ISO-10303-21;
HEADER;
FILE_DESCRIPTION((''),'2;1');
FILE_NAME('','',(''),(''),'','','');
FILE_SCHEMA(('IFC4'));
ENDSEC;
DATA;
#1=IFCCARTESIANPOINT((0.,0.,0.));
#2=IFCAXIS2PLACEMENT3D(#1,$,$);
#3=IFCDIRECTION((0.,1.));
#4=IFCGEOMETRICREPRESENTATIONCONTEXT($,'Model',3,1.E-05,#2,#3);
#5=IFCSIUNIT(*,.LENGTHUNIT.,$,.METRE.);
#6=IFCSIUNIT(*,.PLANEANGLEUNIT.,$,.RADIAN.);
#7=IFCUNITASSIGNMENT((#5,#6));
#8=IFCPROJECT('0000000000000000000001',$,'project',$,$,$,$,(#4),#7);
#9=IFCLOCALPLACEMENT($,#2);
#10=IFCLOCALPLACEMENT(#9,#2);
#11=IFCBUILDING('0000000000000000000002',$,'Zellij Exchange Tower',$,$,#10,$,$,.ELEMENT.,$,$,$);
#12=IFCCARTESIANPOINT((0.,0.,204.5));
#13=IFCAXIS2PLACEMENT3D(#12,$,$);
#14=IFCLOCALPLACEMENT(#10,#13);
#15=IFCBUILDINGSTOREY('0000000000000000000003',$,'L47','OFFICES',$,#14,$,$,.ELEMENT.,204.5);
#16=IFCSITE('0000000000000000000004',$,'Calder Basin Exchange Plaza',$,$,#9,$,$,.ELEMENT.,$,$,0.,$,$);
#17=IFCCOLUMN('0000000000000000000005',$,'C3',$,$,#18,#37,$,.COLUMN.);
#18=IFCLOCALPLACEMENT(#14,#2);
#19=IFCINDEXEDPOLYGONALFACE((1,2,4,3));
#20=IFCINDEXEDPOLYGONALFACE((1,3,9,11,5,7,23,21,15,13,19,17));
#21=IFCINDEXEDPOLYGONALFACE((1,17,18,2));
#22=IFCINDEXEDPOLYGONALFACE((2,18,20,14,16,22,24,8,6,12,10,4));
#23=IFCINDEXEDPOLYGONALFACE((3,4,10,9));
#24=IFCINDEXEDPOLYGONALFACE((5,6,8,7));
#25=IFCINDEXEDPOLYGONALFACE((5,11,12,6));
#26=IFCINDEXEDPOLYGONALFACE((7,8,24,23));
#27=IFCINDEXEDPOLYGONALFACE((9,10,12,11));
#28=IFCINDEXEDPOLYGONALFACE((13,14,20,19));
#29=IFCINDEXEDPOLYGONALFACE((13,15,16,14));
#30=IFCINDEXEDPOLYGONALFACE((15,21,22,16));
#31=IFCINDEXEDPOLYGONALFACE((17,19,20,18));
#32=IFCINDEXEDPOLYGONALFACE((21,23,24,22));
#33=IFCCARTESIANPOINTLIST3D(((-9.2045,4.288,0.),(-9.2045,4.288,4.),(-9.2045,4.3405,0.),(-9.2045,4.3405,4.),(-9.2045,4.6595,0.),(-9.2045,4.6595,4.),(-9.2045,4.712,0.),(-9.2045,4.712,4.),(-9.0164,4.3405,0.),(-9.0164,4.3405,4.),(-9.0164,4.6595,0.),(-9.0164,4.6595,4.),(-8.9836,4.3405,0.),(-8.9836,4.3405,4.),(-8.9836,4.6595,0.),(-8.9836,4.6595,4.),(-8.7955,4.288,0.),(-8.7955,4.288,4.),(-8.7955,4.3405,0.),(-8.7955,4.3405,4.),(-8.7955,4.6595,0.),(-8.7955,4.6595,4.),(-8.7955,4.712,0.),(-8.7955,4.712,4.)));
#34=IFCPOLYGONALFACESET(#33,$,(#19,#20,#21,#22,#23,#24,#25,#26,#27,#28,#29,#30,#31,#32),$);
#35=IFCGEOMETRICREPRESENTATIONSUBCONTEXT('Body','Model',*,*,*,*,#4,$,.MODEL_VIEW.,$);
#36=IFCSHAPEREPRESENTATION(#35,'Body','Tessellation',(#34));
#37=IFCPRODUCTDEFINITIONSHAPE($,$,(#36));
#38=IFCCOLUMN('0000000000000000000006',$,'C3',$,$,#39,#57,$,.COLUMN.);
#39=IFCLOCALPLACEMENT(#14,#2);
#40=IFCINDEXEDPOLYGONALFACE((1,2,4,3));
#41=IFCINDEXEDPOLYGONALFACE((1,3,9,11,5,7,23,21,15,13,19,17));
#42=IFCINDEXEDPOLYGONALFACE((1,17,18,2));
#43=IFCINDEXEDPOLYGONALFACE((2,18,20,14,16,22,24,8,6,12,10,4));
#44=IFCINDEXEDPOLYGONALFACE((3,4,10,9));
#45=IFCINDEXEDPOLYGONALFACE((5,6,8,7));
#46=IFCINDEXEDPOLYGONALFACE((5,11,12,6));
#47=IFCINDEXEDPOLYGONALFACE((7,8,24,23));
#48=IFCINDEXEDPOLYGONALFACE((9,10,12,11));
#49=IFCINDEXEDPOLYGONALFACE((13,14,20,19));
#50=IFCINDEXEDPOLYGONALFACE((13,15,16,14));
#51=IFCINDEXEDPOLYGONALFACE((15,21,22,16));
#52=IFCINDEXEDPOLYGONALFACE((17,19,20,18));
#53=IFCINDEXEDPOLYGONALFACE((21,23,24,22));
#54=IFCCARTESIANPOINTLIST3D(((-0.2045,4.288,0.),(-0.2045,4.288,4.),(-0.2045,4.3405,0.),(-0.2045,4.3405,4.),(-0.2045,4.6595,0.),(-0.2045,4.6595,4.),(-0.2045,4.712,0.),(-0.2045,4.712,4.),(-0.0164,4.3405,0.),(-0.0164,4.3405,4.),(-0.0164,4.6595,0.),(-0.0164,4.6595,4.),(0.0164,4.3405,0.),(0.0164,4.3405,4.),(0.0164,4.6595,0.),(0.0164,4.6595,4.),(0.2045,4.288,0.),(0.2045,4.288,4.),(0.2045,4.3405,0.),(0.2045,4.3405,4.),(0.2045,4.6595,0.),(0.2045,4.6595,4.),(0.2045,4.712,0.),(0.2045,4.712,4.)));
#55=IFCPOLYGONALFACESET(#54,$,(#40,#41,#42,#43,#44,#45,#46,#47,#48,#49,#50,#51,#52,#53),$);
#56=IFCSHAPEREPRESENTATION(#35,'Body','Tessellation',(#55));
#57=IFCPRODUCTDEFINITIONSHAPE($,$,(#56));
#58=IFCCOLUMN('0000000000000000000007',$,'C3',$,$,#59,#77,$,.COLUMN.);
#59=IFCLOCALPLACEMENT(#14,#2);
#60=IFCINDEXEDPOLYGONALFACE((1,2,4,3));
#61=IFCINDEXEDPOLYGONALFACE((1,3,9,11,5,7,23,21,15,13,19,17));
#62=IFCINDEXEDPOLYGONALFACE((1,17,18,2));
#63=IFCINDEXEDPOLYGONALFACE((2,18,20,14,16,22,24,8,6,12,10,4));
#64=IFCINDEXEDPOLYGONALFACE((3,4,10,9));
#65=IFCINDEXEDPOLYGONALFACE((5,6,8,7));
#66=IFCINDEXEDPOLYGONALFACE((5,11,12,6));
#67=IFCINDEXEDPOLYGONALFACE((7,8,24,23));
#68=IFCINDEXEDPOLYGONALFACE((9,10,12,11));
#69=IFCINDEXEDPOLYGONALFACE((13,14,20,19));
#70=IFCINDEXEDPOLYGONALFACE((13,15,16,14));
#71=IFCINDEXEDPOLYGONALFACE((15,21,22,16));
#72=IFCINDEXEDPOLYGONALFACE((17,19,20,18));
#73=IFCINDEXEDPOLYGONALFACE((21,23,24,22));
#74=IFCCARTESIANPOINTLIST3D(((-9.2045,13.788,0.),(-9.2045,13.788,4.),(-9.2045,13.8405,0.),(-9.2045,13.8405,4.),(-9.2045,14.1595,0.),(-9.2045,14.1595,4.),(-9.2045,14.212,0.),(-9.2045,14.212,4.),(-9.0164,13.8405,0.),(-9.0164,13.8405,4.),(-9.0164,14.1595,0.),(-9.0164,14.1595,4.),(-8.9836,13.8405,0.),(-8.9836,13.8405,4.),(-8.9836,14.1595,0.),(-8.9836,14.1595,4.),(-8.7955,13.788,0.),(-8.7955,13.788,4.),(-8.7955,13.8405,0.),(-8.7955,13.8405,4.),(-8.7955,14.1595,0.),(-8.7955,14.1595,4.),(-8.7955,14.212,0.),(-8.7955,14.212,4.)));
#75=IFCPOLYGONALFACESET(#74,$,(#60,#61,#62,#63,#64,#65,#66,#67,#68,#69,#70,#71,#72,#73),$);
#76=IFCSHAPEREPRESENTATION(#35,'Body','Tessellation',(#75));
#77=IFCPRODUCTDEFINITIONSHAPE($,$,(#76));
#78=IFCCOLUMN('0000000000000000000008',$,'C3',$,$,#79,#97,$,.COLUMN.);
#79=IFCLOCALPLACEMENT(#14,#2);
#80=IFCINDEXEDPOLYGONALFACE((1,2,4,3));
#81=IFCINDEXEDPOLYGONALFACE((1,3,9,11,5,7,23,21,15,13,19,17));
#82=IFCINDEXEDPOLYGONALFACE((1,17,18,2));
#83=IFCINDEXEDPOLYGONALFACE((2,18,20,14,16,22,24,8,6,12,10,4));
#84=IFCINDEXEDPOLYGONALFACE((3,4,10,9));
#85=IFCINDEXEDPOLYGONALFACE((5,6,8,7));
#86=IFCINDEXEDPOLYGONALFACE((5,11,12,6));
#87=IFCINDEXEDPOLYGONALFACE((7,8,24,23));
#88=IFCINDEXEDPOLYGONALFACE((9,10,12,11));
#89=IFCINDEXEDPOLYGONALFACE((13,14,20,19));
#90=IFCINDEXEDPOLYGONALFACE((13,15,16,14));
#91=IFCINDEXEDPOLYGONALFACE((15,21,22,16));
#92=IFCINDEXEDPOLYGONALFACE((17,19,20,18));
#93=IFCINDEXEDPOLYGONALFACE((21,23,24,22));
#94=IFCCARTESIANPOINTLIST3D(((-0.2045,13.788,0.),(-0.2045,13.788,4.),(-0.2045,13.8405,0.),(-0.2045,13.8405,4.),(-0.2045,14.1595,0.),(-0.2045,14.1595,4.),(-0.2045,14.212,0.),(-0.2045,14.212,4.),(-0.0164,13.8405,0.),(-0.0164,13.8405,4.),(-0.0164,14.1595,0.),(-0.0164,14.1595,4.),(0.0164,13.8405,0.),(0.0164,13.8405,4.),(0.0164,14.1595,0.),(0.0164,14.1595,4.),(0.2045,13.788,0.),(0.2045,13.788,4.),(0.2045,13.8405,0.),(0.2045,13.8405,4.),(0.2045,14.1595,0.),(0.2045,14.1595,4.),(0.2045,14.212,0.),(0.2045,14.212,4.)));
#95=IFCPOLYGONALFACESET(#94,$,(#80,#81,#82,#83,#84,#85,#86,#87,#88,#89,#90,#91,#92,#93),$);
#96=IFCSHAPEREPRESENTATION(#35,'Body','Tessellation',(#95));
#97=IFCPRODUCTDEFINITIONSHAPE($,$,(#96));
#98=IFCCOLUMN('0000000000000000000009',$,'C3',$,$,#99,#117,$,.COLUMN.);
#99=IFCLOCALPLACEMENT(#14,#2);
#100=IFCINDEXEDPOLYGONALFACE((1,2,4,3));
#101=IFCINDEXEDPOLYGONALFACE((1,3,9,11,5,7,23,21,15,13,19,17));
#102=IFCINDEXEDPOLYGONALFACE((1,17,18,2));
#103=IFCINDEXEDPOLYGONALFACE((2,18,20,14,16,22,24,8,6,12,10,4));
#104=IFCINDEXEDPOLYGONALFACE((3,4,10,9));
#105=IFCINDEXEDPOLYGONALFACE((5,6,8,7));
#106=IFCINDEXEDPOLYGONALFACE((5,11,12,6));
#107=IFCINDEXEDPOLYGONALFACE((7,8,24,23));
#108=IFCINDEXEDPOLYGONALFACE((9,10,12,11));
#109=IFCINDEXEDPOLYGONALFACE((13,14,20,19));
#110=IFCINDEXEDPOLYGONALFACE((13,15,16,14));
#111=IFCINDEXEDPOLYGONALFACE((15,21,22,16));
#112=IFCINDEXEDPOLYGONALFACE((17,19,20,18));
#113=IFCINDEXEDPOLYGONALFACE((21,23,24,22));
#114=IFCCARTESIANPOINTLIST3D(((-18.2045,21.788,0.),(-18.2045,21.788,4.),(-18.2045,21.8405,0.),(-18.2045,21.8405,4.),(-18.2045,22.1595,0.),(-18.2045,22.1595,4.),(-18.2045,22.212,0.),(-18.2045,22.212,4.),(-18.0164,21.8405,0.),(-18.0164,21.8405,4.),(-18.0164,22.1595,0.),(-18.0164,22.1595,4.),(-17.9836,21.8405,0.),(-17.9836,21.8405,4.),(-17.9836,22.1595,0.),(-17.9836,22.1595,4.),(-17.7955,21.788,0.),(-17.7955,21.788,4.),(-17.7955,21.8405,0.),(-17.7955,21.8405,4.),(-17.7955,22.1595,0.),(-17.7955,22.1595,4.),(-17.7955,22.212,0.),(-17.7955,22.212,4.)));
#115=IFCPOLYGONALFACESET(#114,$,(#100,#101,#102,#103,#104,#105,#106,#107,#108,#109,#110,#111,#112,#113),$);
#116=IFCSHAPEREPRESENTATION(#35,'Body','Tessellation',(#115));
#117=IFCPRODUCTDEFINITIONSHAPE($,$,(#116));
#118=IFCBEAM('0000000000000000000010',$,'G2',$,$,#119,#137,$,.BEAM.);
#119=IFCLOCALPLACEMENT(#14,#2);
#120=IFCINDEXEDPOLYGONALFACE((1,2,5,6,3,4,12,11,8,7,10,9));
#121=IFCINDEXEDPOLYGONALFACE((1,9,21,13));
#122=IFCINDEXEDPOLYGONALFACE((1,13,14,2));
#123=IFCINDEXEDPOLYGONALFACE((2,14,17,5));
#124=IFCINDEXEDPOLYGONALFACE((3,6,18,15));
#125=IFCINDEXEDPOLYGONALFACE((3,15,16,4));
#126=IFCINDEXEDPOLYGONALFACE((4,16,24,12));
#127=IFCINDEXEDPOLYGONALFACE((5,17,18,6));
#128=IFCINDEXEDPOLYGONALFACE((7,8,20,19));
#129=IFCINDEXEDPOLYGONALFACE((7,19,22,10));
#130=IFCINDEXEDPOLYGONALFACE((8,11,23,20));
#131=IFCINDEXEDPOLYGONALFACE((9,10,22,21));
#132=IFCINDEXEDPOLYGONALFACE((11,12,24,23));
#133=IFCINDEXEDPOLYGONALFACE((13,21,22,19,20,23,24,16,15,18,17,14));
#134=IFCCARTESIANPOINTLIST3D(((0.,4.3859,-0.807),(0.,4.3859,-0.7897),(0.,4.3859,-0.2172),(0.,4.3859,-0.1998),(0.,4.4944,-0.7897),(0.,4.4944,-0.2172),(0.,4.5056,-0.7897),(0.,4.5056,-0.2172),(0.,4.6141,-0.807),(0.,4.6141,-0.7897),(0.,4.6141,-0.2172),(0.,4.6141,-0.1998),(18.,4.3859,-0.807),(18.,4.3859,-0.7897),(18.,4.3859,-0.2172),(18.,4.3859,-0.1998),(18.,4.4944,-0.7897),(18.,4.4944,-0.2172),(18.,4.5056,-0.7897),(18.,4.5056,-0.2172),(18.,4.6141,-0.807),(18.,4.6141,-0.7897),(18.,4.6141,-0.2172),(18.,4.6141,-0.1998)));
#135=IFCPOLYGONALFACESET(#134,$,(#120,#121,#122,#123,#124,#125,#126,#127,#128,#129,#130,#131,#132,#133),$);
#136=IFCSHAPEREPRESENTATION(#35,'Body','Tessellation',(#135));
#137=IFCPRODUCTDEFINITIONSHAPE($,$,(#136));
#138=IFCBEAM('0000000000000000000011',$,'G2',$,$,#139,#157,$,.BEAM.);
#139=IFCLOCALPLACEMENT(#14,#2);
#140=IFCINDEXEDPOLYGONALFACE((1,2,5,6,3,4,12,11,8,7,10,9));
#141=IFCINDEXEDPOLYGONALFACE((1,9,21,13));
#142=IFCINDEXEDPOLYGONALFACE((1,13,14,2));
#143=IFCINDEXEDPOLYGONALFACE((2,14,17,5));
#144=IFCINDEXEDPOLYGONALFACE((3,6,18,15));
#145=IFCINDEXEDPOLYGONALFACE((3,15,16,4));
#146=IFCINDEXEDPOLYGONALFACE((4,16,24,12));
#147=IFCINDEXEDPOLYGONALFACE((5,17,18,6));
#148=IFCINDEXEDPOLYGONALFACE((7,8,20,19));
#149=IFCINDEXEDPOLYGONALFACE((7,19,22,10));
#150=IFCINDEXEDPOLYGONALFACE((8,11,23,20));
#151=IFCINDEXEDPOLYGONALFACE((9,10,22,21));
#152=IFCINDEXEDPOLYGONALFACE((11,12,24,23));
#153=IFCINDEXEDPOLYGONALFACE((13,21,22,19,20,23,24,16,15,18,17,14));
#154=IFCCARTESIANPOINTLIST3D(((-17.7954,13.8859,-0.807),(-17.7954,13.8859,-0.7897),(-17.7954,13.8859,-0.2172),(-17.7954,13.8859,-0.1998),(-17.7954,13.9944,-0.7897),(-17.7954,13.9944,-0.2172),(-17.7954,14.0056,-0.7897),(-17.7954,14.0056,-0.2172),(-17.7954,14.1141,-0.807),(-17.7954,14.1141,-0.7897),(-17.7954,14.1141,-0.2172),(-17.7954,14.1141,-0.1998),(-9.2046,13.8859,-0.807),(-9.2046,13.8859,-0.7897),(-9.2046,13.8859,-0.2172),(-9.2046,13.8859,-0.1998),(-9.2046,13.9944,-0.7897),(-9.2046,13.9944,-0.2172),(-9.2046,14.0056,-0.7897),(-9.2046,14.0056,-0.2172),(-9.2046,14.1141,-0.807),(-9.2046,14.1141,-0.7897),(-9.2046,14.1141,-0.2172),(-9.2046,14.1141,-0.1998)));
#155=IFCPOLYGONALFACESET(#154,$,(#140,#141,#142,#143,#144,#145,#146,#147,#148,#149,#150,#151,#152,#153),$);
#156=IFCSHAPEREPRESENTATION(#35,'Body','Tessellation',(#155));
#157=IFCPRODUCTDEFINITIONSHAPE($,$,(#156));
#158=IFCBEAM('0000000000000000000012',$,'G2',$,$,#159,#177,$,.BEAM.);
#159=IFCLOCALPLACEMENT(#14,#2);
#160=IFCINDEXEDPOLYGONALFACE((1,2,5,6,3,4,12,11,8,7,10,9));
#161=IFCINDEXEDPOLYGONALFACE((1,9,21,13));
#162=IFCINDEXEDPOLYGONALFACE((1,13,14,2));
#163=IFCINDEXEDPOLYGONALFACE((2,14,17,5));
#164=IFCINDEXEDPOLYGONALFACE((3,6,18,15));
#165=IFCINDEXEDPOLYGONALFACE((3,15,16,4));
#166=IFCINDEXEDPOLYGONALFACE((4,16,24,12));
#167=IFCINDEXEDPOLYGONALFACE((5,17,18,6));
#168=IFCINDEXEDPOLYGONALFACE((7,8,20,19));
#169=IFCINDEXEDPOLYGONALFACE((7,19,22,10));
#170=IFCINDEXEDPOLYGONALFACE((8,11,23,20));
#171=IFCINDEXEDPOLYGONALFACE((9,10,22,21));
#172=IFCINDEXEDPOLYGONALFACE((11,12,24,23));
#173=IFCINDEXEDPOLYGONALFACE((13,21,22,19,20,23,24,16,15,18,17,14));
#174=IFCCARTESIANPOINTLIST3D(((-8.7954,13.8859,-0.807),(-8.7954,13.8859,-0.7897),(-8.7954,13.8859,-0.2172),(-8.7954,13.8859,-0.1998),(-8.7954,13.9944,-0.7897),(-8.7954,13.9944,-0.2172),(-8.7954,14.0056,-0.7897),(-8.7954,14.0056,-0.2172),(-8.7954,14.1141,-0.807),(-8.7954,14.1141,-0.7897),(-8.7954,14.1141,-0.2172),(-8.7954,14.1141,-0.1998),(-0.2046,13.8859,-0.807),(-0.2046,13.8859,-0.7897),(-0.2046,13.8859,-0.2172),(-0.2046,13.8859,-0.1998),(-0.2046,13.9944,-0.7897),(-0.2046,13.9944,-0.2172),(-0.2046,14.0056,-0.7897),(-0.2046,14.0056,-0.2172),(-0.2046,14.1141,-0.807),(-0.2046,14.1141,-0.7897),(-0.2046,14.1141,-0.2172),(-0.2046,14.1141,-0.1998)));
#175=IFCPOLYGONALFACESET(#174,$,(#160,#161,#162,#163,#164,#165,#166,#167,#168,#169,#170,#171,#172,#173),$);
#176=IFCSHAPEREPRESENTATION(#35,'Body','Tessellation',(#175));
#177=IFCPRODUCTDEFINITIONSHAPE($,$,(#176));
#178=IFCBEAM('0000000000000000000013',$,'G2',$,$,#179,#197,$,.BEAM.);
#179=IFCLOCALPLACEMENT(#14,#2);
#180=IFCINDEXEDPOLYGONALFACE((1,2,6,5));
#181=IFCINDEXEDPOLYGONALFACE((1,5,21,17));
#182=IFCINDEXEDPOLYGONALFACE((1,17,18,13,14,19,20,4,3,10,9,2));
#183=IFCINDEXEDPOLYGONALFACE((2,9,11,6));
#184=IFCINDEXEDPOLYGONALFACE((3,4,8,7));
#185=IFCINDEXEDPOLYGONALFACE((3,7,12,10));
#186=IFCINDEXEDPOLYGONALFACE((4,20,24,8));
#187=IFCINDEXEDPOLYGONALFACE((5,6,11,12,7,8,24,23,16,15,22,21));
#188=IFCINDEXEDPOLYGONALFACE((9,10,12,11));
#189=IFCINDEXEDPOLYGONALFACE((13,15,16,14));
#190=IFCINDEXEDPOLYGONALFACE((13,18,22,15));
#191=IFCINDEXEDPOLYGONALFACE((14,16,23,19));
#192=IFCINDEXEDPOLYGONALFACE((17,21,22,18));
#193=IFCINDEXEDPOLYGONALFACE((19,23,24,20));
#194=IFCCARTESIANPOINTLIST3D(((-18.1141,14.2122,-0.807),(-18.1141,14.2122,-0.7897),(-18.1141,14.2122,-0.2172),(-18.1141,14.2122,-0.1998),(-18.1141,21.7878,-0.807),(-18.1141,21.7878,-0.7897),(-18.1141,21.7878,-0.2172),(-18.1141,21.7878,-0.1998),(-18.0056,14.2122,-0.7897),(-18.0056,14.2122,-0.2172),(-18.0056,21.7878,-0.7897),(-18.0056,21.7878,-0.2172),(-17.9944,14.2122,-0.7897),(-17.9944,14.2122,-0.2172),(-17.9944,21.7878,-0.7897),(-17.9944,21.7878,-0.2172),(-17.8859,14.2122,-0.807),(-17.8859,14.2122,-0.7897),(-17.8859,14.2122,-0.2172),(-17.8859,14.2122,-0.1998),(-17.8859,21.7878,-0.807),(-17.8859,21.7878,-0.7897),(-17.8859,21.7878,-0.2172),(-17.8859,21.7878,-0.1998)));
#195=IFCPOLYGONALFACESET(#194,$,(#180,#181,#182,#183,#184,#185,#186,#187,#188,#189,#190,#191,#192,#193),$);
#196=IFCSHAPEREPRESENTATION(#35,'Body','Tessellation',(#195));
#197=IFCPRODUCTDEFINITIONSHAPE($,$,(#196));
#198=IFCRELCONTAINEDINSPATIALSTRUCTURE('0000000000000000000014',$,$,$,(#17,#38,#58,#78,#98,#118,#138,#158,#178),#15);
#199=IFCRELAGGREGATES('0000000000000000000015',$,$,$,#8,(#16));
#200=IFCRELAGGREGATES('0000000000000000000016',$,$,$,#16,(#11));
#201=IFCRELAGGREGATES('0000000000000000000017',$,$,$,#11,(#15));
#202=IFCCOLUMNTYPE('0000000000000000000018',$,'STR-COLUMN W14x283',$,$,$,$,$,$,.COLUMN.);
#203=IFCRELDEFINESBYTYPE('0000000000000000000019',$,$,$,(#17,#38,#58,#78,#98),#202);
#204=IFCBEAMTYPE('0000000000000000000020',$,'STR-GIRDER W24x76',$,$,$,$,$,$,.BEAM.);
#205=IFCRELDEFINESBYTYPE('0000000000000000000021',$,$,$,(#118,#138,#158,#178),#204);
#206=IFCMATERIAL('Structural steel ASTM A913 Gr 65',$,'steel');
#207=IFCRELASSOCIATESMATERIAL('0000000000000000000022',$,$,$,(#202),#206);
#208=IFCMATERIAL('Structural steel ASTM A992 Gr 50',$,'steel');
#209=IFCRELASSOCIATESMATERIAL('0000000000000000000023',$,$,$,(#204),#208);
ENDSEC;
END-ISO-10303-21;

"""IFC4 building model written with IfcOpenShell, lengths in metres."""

from ifc_helpers import new_model, si_unit, direction, frame, origin, origin_2d, place, context, subcontext, project, spatial, i_section, extrude, material, material_profile, profile_set, type_object, element, save


model = new_model("IFC4")

# Units and contexts
model_context = context("Model", 3, precision=1e-05, world=origin(), true_north=direction((0.0, 1.0)))
body_context = subcontext(model_context, "Body", "Model", "MODEL_VIEW")
ifc_project = project(units=[si_unit("LENGTHUNIT", "METRE"), si_unit("PLANEANGLEUNIT", "RADIAN")], contexts=[model_context])

# Site, building, storey
site_placement = place(None, origin())
site = spatial("IfcSite", under=ifc_project, at=site_placement, Name="Calder Basin Exchange Plaza", CompositionType="ELEMENT", RefElevation=0.0)
building_placement = place(site_placement, origin())
building = spatial("IfcBuilding", under=site, at=building_placement, Name="Zellij Exchange Tower", CompositionType="ELEMENT")
storey_placement = place(building_placement, frame((0.0, 0.0, 204.5)))
storey = spatial("IfcBuildingStorey", under=building, at=storey_placement, Name="L47", Description="OFFICES", CompositionType="ELEMENT", Elevation=204.5)

# Columns
ifc_material_1 = material(Name="Structural steel ASTM A913 Gr 65", Category="steel")
ifc_material_profile_1 = material_profile(ifc_material_1, i_section(OverallWidth=0.4089, OverallDepth=0.4241, WebThickness=0.0327, FlangeThickness=0.0525, at=origin_2d()), Name="W14x283")
ifc_profile_set_1 = profile_set([ifc_material_profile_1], Name="Structural steel ASTM A913 Gr 65")
column_type = type_object("IfcColumnType", Name="STR-COLUMN W14x283", PredefinedType="COLUMN", material=ifc_profile_set_1)
for number, where, z_axis, x_axis, name in (
    (1, (-9.0, 4.5, 0.0), (0.0, 0.0, 1.0), (1.0, 0.0, 0.0), "C3"),
    (2, (0.0, 4.5, 0.0), (0.0, 0.0, 1.0), (1.0, 0.0, 0.0), "C3"),
    (3, (-9.0, 14.0, 0.0), (0.0, 0.0, 1.0), (1.0, 0.0, 0.0), "C3"),
    (4, (0.0, 14.0, 0.0), (0.0, 0.0, 1.0), (1.0, 0.0, 0.0), "C3"),
    (5, (-18.0, 22.0, 0.0), (0.0, 0.0, 1.0), (1.0, 0.0, 0.0), "C3"),
):
    element("IfcColumn", number, at=place(storey_placement, frame(where, z_axis=z_axis, x_axis=x_axis)), inside=storey, type_object=column_type, Name=name, PredefinedType="COLUMN", context=body_context, shape_type="SweptSolid", body=[
        extrude(i_section(OverallWidth=0.4089, OverallDepth=0.4241, WebThickness=0.0327, FlangeThickness=0.0525, at=origin_2d()), origin(), (0.0, 0.0, 1.0), 4.0),
    ])

# Beams
ifc_material_2 = material(Name="Structural steel ASTM A992 Gr 50", Category="steel")
ifc_material_profile_2 = material_profile(ifc_material_2, i_section(OverallWidth=0.2283, OverallDepth=0.6072, WebThickness=0.0112, FlangeThickness=0.0173, at=origin_2d()), Name="W24x76")
ifc_profile_set_2 = profile_set([ifc_material_profile_2], Name="Structural steel ASTM A992 Gr 50")
beam_type = type_object("IfcBeamType", Name="STR-GIRDER W24x76", PredefinedType="BEAM", material=ifc_profile_set_2)
beam_1_placement = place(storey_placement, frame((0.0, 4.5, -0.5034), z_axis=(1.0, 0.0, 0.0), x_axis=(0.0, 1.0, 0.0)))
element("IfcBeam", 6, at=beam_1_placement, inside=storey, type_object=beam_type, Name="G2", PredefinedType="BEAM", context=body_context, shape_type="SweptSolid", body=[
    extrude(i_section(OverallWidth=0.2283, OverallDepth=0.6072, WebThickness=0.0112, FlangeThickness=0.0173, at=origin_2d()), origin(), (0.0, 0.0, 1.0), 18.0),
])
for number, where, z_axis, x_axis, name in (
    (7, (-17.7954, 14.0, -0.5034), (1.0, 0.0, 0.0), (0.0, 1.0, 0.0), "G2"),
    (8, (-8.7954, 14.0, -0.5034), (1.0, 0.0, 0.0), (0.0, 1.0, 0.0), "G2"),
):
    element("IfcBeam", number, at=place(storey_placement, frame(where, z_axis=z_axis, x_axis=x_axis)), inside=storey, type_object=beam_type, Name=name, PredefinedType="BEAM", context=body_context, shape_type="SweptSolid", body=[
        extrude(i_section(OverallWidth=0.2283, OverallDepth=0.6072, WebThickness=0.0112, FlangeThickness=0.0173, at=origin_2d()), origin(), (0.0, 0.0, 1.0), 8.5908),
    ])
beam_2_placement = place(storey_placement, frame((-18.0, 14.2122, -0.5034), z_axis=(0.0, 1.0, 0.0), x_axis=(-1.0, 0.0, 0.0)))
element("IfcBeam", 9, at=beam_2_placement, inside=storey, type_object=beam_type, Name="G2", PredefinedType="BEAM", context=body_context, shape_type="SweptSolid", body=[
    extrude(i_section(OverallWidth=0.2283, OverallDepth=0.6072, WebThickness=0.0112, FlangeThickness=0.0173, at=origin_2d()), origin(), (0.0, 0.0, 1.0), 7.5757),
])

save(model, "model.ifc")
